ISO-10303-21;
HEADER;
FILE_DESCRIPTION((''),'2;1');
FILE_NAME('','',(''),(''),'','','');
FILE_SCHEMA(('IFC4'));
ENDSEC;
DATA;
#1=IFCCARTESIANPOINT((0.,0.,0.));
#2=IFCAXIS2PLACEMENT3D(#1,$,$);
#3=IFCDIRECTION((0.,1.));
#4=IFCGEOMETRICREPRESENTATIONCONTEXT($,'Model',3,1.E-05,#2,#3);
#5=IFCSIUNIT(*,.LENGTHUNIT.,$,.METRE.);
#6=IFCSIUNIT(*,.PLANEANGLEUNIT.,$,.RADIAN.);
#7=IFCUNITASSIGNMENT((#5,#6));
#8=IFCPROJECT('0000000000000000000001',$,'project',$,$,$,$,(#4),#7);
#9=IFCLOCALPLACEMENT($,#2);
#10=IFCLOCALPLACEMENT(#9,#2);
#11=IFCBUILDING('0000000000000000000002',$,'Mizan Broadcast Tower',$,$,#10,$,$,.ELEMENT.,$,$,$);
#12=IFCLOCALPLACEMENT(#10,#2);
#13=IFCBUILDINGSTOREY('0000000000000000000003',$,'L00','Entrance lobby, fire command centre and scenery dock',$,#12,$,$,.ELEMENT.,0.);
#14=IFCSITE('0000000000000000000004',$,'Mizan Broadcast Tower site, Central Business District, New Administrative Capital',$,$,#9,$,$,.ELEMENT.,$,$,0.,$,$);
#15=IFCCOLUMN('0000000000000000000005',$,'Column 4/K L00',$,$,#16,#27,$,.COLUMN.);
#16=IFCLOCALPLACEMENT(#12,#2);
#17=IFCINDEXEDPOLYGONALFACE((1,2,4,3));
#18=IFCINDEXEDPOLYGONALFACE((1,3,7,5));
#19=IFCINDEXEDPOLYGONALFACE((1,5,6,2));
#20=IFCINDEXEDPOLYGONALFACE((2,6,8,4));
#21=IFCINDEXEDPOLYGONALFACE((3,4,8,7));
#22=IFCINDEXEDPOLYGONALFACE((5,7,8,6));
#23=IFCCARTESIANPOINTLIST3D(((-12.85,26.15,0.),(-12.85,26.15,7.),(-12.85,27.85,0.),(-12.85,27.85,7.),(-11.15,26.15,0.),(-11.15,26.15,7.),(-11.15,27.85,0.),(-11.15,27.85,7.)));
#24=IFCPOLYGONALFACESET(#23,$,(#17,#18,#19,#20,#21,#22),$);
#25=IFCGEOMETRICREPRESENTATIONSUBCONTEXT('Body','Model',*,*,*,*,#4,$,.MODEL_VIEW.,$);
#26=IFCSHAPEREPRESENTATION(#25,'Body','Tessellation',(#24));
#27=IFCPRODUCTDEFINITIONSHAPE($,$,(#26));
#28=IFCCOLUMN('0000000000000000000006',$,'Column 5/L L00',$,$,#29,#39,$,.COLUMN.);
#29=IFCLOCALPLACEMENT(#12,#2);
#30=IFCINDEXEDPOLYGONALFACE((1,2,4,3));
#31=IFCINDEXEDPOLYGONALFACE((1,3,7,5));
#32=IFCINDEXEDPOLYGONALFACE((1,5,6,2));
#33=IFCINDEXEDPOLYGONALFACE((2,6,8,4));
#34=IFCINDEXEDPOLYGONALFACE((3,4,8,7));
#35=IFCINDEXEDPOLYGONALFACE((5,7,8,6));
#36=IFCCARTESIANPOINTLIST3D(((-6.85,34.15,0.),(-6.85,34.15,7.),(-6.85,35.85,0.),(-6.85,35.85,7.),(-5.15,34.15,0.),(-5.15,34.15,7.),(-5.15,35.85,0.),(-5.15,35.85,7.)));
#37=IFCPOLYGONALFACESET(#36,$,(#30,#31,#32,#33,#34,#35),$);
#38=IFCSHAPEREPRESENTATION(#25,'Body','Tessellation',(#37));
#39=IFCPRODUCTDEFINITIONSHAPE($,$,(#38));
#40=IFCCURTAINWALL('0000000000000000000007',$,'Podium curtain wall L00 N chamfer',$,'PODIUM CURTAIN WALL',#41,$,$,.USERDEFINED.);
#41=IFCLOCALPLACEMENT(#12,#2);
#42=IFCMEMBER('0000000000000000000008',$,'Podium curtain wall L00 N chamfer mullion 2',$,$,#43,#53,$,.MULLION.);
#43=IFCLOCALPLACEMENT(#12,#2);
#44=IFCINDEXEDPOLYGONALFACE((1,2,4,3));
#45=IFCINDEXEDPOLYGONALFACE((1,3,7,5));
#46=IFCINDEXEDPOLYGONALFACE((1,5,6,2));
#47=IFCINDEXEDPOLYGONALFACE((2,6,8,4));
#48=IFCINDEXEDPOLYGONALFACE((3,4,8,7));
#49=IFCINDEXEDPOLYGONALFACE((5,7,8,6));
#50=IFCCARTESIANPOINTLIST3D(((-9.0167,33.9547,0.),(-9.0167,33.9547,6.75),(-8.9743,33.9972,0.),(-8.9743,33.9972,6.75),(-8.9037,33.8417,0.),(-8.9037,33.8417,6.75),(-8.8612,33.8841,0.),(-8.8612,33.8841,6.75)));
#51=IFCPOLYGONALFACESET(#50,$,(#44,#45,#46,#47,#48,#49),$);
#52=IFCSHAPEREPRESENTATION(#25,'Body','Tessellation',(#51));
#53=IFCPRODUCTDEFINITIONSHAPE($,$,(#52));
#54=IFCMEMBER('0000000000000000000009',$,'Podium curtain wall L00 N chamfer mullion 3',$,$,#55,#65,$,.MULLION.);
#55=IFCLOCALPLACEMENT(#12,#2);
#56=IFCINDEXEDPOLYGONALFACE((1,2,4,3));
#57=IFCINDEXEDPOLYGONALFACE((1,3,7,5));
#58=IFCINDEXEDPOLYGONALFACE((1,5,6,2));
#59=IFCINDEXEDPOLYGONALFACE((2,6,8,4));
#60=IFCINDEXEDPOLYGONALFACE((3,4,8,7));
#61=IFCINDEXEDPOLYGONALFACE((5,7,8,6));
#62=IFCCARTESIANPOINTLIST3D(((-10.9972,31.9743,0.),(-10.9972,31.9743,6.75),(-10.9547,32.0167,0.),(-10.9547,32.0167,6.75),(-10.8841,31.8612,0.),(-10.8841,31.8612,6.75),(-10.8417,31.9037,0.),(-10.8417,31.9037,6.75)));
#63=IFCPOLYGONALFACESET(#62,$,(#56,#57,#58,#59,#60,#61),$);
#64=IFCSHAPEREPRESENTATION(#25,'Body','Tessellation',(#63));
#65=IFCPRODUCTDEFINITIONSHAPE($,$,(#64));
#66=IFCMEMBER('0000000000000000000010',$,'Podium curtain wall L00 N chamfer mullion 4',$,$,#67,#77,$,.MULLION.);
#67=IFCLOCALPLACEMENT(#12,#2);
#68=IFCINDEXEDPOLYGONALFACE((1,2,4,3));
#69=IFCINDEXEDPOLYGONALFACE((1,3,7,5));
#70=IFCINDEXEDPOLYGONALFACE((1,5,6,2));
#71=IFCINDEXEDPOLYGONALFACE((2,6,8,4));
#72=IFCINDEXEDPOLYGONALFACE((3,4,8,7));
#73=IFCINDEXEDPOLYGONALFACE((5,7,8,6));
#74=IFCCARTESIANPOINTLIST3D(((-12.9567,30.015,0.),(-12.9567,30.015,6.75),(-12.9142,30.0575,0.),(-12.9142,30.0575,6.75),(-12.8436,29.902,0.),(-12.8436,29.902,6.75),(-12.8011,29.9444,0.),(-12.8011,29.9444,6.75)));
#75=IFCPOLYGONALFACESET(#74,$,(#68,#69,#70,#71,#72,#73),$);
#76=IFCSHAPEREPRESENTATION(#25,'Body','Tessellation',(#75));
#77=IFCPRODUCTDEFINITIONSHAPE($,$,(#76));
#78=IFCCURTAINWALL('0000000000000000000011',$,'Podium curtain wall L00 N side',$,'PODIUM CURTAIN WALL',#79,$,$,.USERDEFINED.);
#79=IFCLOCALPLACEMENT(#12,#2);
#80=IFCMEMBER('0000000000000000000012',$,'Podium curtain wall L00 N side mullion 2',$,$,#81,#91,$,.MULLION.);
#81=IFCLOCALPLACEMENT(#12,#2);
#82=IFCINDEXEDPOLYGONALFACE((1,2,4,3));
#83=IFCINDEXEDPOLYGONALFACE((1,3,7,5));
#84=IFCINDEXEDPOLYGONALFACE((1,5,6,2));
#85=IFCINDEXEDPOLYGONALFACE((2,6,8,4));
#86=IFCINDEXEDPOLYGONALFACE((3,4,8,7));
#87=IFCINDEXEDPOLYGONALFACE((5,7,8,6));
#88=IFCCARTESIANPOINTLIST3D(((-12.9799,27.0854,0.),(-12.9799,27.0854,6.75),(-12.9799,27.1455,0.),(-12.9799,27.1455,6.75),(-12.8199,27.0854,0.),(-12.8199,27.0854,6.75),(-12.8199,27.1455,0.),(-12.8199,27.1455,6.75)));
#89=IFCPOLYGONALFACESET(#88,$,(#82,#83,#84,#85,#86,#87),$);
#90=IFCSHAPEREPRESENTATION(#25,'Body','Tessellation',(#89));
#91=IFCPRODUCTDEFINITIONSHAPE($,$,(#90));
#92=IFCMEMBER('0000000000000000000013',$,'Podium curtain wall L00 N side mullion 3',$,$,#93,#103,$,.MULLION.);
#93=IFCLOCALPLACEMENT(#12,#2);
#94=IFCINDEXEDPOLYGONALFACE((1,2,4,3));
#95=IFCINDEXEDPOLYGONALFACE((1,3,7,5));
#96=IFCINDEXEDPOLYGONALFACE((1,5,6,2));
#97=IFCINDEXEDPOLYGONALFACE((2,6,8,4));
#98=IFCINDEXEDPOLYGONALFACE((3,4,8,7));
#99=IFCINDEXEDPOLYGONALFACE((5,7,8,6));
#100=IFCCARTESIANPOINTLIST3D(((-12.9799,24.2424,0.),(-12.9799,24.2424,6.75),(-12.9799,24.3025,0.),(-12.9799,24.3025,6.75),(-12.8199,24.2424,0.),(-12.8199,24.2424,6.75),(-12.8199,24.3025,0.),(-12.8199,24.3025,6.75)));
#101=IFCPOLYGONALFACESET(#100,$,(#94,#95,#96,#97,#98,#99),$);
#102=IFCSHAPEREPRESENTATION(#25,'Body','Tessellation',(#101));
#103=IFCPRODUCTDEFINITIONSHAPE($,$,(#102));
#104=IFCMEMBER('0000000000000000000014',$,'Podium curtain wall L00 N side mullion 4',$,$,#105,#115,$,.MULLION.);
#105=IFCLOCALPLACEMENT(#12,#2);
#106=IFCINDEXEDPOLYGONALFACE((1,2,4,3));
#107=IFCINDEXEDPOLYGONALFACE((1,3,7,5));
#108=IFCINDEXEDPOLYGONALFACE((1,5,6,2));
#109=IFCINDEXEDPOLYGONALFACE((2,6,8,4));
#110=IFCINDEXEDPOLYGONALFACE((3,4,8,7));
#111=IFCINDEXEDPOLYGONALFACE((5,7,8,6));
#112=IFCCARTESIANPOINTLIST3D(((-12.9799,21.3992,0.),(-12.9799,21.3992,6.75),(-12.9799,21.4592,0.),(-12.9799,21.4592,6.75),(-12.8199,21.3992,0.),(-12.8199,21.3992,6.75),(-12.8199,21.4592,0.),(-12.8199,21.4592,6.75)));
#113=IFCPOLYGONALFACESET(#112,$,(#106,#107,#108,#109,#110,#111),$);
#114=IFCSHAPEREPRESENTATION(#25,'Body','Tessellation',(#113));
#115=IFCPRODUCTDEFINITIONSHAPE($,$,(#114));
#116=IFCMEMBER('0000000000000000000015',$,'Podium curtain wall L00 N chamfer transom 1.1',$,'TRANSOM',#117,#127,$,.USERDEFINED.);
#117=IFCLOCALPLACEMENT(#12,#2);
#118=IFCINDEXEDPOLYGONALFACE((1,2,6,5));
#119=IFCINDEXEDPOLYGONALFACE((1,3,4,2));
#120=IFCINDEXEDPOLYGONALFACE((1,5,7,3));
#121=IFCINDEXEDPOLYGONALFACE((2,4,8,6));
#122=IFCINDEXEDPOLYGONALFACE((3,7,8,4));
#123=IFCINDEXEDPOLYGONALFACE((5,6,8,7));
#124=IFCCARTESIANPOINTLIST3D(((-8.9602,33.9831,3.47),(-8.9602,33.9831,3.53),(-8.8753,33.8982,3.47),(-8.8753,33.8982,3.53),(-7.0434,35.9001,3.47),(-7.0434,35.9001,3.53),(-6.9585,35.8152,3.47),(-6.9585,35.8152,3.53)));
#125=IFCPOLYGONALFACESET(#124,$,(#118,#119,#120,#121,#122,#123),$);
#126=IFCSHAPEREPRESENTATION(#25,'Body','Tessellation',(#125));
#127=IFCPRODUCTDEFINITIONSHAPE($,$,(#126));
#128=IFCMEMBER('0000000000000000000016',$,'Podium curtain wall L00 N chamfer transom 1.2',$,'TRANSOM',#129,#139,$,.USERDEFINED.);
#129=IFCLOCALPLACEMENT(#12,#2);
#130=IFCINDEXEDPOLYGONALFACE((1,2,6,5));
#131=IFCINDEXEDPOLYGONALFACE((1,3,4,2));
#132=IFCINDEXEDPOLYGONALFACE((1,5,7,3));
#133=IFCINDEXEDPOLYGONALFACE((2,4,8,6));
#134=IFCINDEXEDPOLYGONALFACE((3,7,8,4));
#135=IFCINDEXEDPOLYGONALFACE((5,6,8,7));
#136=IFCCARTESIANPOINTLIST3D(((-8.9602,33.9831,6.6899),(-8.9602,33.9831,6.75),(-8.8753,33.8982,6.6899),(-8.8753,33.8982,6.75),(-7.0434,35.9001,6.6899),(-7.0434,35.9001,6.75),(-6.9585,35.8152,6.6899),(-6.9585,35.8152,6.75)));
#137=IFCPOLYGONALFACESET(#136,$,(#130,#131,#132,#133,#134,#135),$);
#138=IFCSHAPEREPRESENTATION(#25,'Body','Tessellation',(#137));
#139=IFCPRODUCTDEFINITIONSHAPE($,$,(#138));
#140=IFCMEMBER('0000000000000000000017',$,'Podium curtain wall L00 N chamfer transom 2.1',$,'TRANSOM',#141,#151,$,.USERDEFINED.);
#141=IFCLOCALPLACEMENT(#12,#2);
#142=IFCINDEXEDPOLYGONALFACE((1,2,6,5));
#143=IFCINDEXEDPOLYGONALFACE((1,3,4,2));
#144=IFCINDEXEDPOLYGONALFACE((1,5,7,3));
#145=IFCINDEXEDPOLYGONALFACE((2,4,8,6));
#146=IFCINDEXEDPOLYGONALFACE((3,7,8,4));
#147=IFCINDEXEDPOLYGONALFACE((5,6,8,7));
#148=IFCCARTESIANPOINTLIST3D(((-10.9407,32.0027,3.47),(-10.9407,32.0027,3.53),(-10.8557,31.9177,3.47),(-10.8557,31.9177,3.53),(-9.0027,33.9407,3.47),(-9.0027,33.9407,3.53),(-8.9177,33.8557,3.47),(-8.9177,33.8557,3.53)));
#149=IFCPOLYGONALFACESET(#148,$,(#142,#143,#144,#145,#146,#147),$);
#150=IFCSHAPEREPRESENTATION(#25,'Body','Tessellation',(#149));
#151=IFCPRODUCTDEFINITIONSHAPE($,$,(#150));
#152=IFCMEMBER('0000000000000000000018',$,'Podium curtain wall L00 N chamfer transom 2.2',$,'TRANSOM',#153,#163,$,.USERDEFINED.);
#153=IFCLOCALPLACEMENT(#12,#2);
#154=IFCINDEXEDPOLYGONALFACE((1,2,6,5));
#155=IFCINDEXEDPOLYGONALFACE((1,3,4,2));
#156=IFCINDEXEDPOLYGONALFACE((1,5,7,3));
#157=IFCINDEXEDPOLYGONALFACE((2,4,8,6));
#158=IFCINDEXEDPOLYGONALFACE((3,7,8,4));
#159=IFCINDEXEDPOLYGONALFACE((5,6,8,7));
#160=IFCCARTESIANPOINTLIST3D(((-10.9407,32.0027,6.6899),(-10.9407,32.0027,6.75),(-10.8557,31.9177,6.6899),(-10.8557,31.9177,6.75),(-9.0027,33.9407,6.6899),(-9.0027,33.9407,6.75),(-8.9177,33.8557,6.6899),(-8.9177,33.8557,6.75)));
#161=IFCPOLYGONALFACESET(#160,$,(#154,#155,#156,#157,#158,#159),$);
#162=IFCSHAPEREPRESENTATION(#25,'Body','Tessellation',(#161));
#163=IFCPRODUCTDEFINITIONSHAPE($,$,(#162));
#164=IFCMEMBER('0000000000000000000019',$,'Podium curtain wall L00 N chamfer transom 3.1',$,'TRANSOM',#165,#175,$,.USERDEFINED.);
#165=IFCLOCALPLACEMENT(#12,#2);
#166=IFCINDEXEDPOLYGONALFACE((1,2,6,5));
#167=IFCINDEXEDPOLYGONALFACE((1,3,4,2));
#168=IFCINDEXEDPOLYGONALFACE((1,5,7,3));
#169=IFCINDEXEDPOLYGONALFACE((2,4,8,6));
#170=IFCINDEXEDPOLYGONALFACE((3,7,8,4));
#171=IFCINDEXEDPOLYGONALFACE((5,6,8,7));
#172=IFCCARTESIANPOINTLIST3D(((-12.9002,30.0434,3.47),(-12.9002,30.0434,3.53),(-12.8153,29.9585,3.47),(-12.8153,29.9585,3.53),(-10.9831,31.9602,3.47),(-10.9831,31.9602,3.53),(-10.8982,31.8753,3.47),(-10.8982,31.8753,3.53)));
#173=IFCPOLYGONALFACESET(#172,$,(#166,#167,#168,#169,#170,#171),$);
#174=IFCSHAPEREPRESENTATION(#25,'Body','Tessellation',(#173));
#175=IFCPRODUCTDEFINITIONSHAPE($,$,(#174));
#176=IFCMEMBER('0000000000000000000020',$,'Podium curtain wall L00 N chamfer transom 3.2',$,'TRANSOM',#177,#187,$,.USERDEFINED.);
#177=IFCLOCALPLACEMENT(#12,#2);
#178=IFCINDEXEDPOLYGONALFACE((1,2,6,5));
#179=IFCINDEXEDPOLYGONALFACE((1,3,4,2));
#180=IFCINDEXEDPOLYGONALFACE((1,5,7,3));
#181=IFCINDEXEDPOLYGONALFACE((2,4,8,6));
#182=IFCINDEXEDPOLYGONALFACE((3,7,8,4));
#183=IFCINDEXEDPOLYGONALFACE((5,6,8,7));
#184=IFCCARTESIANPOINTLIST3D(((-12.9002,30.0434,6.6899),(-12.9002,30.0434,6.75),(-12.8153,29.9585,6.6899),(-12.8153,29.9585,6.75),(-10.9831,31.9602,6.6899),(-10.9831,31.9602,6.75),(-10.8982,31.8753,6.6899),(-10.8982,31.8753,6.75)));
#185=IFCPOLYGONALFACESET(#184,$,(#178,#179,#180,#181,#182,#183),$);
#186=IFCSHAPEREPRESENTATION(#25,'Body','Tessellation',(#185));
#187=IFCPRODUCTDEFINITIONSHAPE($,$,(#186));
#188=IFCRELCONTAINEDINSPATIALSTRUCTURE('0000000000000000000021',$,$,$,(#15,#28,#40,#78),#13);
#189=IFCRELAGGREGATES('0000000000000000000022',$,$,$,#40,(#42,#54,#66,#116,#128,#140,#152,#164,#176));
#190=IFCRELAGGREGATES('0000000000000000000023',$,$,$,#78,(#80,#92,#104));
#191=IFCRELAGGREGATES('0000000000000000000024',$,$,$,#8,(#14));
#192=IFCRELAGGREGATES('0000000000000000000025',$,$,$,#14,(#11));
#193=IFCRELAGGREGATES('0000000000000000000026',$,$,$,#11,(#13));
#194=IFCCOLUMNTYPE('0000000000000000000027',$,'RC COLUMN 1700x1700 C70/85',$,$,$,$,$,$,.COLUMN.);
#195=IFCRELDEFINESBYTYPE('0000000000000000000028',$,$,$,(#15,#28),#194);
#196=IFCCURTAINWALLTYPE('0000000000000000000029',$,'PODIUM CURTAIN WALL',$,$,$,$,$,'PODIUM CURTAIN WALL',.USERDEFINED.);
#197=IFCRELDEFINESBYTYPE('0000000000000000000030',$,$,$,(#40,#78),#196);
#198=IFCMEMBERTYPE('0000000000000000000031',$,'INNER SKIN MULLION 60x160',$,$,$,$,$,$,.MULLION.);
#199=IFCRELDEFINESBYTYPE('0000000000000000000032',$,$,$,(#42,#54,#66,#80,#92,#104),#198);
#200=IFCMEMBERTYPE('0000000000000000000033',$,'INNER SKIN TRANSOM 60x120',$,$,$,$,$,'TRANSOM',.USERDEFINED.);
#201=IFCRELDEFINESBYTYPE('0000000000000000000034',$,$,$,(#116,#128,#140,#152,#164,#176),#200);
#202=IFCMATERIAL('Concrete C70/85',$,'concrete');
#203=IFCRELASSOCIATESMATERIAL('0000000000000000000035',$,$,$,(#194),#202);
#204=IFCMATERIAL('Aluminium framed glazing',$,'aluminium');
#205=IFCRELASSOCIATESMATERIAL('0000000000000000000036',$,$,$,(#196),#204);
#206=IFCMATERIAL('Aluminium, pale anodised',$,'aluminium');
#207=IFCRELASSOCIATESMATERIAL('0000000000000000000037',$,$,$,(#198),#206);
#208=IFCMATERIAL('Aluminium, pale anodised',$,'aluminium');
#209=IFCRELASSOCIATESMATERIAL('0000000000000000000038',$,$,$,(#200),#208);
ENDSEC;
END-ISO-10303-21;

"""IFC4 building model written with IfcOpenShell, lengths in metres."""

from ifc_helpers import new_model, si_unit, direction, frame, origin, origin_2d, place, context, subcontext, project, spatial, rectangle, extrude, material, material_profile, profile_set, type_object, element, aggregate, save


model = new_model("IFC4")

# Units and contexts
model_context = context("Model", 3, precision=1e-05, world=origin(), true_north=direction((0.0, 1.0)))
body_context = subcontext(model_context, "Body", "Model", "MODEL_VIEW")
ifc_project = project(units=[si_unit("LENGTHUNIT", "METRE"), si_unit("PLANEANGLEUNIT", "RADIAN")], contexts=[model_context])

# Site, building, storey
site_placement = place(None, origin())
site = spatial("IfcSite", under=ifc_project, at=site_placement, Name="Mizan Broadcast Tower site, Central Business District, New Administrative Capital", CompositionType="ELEMENT", RefElevation=0.0)
building_placement = place(site_placement, origin())
building = spatial("IfcBuilding", under=site, at=building_placement, Name="Mizan Broadcast Tower", CompositionType="ELEMENT")
storey_placement = place(building_placement, origin())
storey = spatial("IfcBuildingStorey", under=building, at=storey_placement, Name="L00", Description="Entrance lobby, fire command centre and scenery dock", CompositionType="ELEMENT", Elevation=0.0)

# Columns
ifc_material_1 = material(Name="Concrete C70/85", Category="concrete")
ifc_material_profile_1 = material_profile(ifc_material_1, rectangle(XDim=1.7, YDim=1.7, at=origin_2d()), Name="RC 1700x1700")
ifc_profile_set_1 = profile_set([ifc_material_profile_1], Name="Concrete C70/85")
column_type = type_object("IfcColumnType", Name="RC COLUMN 1700x1700 C70/85", PredefinedType="COLUMN", material=ifc_profile_set_1)
for number, where, z_axis, x_axis, name in (
    (1, (-12.0, 27.0, 0.0), (0.0, 0.0, 1.0), (1.0, 0.0, 0.0), "Column 4/K L00"),
    (2, (-6.0, 35.0, 0.0), (0.0, 0.0, 1.0), (1.0, 0.0, 0.0), "Column 5/L L00"),
):
    element("IfcColumn", number, at=place(storey_placement, frame(where, z_axis=z_axis, x_axis=x_axis)), inside=storey, type_object=column_type, Name=name, PredefinedType="COLUMN", context=body_context, shape_type="SweptSolid", body=[
        extrude(rectangle(XDim=1.7, YDim=1.7, at=origin_2d()), origin(), (0.0, 0.0, 1.0), 7.0),
    ])

# Curtain walls, members
ifc_material_2 = material(Name="Aluminium framed glazing", Category="aluminium")
curtain_wall_type = type_object("IfcCurtainWallType", Name="PODIUM CURTAIN WALL", ElementType="PODIUM CURTAIN WALL", PredefinedType="USERDEFINED", material=ifc_material_2)
curtain_wall_1_placement = place(storey_placement, origin())
curtain_wall_1 = element("IfcCurtainWall", 3, at=curtain_wall_1_placement, inside=storey, type_object=curtain_wall_type, Name="Podium curtain wall L00 N chamfer", ObjectType="PODIUM CURTAIN WALL", PredefinedType="USERDEFINED")
ifc_material_3 = material(Name="Aluminium, pale anodised", Category="aluminium")
ifc_material_profile_2 = material_profile(ifc_material_3, rectangle(XDim=0.1599, YDim=0.0601, at=origin_2d()), Name="MULLION 160x60")
ifc_profile_set_2 = profile_set([ifc_material_profile_2], Name="Aluminium, pale anodised")
member_type_1 = type_object("IfcMemberType", Name="INNER SKIN MULLION 60x160", PredefinedType="MULLION", material=ifc_profile_set_2)
member_1_placement = place(storey_placement, frame((-8.939, 33.9194, 0.0), z_axis=(0.0, 0.0, 1.0), x_axis=(0.707107, -0.707107, 0.0)))
member_1 = element("IfcMember", 4, at=member_1_placement, type_object=member_type_1, Name="Podium curtain wall L00 N chamfer mullion 2", PredefinedType="MULLION", context=body_context, shape_type="SweptSolid", body=[
    extrude(rectangle(XDim=0.1599, YDim=0.0601, at=origin_2d()), origin(), (0.0, 0.0, 1.0), 6.75),
])
member_2_placement = place(storey_placement, frame((-10.9194, 31.939, 0.0), z_axis=(0.0, 0.0, 1.0), x_axis=(0.707107, -0.707107, 0.0)))
member_2 = element("IfcMember", 5, at=member_2_placement, type_object=member_type_1, Name="Podium curtain wall L00 N chamfer mullion 3", PredefinedType="MULLION", context=body_context, shape_type="SweptSolid", body=[
    extrude(rectangle(XDim=0.1599, YDim=0.0601, at=origin_2d()), origin(), (0.0, 0.0, 1.0), 6.75),
])
member_3_placement = place(storey_placement, frame((-12.8789, 29.9797, 0.0), z_axis=(0.0, 0.0, 1.0), x_axis=(0.707107, -0.707107, 0.0)))
member_3 = element("IfcMember", 6, at=member_3_placement, type_object=member_type_1, Name="Podium curtain wall L00 N chamfer mullion 4", PredefinedType="MULLION", context=body_context, shape_type="SweptSolid", body=[
    extrude(rectangle(XDim=0.1599, YDim=0.0601, at=origin_2d()), origin(), (0.0, 0.0, 1.0), 6.75),
])
curtain_wall_2_placement = place(storey_placement, origin())
curtain_wall_2 = element("IfcCurtainWall", 7, at=curtain_wall_2_placement, inside=storey, type_object=curtain_wall_type, Name="Podium curtain wall L00 N side", ObjectType="PODIUM CURTAIN WALL", PredefinedType="USERDEFINED")
member_4_placement = place(storey_placement, frame((-12.8999, 27.1155, 0.0), z_axis=(0.0, 0.0, 1.0), x_axis=(1.0, 0.0, 0.0)))
member_4 = element("IfcMember", 8, at=member_4_placement, type_object=member_type_1, Name="Podium curtain wall L00 N side mullion 2", PredefinedType="MULLION", context=body_context, shape_type="SweptSolid", body=[
    extrude(rectangle(XDim=0.1599, YDim=0.0601, at=origin_2d()), origin(), (0.0, 0.0, 1.0), 6.75),
])
member_5_placement = place(storey_placement, frame((-12.8999, 24.2725, 0.0), z_axis=(0.0, 0.0, 1.0), x_axis=(1.0, 0.0, 0.0)))
member_5 = element("IfcMember", 9, at=member_5_placement, type_object=member_type_1, Name="Podium curtain wall L00 N side mullion 3", PredefinedType="MULLION", context=body_context, shape_type="SweptSolid", body=[
    extrude(rectangle(XDim=0.1599, YDim=0.0601, at=origin_2d()), origin(), (0.0, 0.0, 1.0), 6.75),
])
member_6_placement = place(storey_placement, frame((-12.8999, 21.4292, 0.0), z_axis=(0.0, 0.0, 1.0), x_axis=(1.0, 0.0, 0.0)))
member_6 = element("IfcMember", 10, at=member_6_placement, type_object=member_type_1, Name="Podium curtain wall L00 N side mullion 4", PredefinedType="MULLION", context=body_context, shape_type="SweptSolid", body=[
    extrude(rectangle(XDim=0.1599, YDim=0.0601, at=origin_2d()), origin(), (0.0, 0.0, 1.0), 6.75),
])

# Members
ifc_material_4 = material(Name="Aluminium, pale anodised", Category="aluminium")
ifc_material_profile_3 = material_profile(ifc_material_4, rectangle(XDim=0.1201, YDim=0.0601, at=origin_2d()), Name="TRANSOM 120x60")
ifc_profile_set_3 = profile_set([ifc_material_profile_3], Name="Aluminium, pale anodised")
member_type_2 = type_object("IfcMemberType", Name="INNER SKIN TRANSOM 60x120", ElementType="TRANSOM", PredefinedType="USERDEFINED", material=ifc_profile_set_3)
member_7_placement = place(storey_placement, frame((-7.001, 35.8577, 3.5), z_axis=(-0.707062, -0.707152, 0.0), x_axis=(0.707152, -0.707062, 0.0)))
member_7 = element("IfcMember", 11, at=member_7_placement, type_object=member_type_2, Name="Podium curtain wall L00 N chamfer transom 1.1", ObjectType="TRANSOM", PredefinedType="USERDEFINED", context=body_context, shape_type="SweptSolid", body=[
    extrude(rectangle(XDim=0.1201, YDim=0.0601, at=origin_2d()), origin(), (0.0, 0.0, 1.0), 2.7109),
])
member_8_placement = place(storey_placement, frame((-7.001, 35.8577, 6.72), z_axis=(-0.707062, -0.707152, 0.0), x_axis=(0.707152, -0.707062, 0.0)))
member_8 = element("IfcMember", 12, at=member_8_placement, type_object=member_type_2, Name="Podium curtain wall L00 N chamfer transom 1.2", ObjectType="TRANSOM", PredefinedType="USERDEFINED", context=body_context, shape_type="SweptSolid", body=[
    extrude(rectangle(XDim=0.1201, YDim=0.0601, at=origin_2d()), origin(), (0.0, 0.0, 1.0), 2.7109),
])
member_9_placement = place(storey_placement, frame((-8.9602, 33.8982, 3.5), z_axis=(-0.707107, -0.707107, 0.0), x_axis=(0.707107, -0.707107, 0.0)))
member_9 = element("IfcMember", 13, at=member_9_placement, type_object=member_type_2, Name="Podium curtain wall L00 N chamfer transom 2.1", ObjectType="TRANSOM", PredefinedType="USERDEFINED", context=body_context, shape_type="SweptSolid", body=[
    extrude(rectangle(XDim=0.1201, YDim=0.0601, at=origin_2d()), origin(), (0.0, 0.0, 1.0), 2.7407),
])
member_10_placement = place(storey_placement, frame((-8.9602, 33.8982, 6.72), z_axis=(-0.707107, -0.707107, 0.0), x_axis=(0.707107, -0.707107, 0.0)))
member_10 = element("IfcMember", 14, at=member_10_placement, type_object=member_type_2, Name="Podium curtain wall L00 N chamfer transom 2.2", ObjectType="TRANSOM", PredefinedType="USERDEFINED", context=body_context, shape_type="SweptSolid", body=[
    extrude(rectangle(XDim=0.1201, YDim=0.0601, at=origin_2d()), origin(), (0.0, 0.0, 1.0), 2.7407),
])
member_11_placement = place(storey_placement, frame((-10.9407, 31.9177, 3.5), z_axis=(-0.707152, -0.707062, 0.0), x_axis=(0.707062, -0.707152, 0.0)))
member_11 = element("IfcMember", 15, at=member_11_placement, type_object=member_type_2, Name="Podium curtain wall L00 N chamfer transom 3.1", ObjectType="TRANSOM", PredefinedType="USERDEFINED", context=body_context, shape_type="SweptSolid", body=[
    extrude(rectangle(XDim=0.1201, YDim=0.0601, at=origin_2d()), origin(), (0.0, 0.0, 1.0), 2.7109),
])
member_12_placement = place(storey_placement, frame((-10.9407, 31.9177, 6.72), z_axis=(-0.707152, -0.707062, 0.0), x_axis=(0.707062, -0.707152, 0.0)))
member_12 = element("IfcMember", 16, at=member_12_placement, type_object=member_type_2, Name="Podium curtain wall L00 N chamfer transom 3.2", ObjectType="TRANSOM", PredefinedType="USERDEFINED", context=body_context, shape_type="SweptSolid", body=[
    extrude(rectangle(XDim=0.1201, YDim=0.0601, at=origin_2d()), origin(), (0.0, 0.0, 1.0), 2.7109),
])

aggregate(curtain_wall_1, [member_1, member_2, member_3, member_7, member_8, member_9, member_10, member_11, member_12])
aggregate(curtain_wall_2, [member_4, member_5, member_6])

save(model, "model.ifc")
